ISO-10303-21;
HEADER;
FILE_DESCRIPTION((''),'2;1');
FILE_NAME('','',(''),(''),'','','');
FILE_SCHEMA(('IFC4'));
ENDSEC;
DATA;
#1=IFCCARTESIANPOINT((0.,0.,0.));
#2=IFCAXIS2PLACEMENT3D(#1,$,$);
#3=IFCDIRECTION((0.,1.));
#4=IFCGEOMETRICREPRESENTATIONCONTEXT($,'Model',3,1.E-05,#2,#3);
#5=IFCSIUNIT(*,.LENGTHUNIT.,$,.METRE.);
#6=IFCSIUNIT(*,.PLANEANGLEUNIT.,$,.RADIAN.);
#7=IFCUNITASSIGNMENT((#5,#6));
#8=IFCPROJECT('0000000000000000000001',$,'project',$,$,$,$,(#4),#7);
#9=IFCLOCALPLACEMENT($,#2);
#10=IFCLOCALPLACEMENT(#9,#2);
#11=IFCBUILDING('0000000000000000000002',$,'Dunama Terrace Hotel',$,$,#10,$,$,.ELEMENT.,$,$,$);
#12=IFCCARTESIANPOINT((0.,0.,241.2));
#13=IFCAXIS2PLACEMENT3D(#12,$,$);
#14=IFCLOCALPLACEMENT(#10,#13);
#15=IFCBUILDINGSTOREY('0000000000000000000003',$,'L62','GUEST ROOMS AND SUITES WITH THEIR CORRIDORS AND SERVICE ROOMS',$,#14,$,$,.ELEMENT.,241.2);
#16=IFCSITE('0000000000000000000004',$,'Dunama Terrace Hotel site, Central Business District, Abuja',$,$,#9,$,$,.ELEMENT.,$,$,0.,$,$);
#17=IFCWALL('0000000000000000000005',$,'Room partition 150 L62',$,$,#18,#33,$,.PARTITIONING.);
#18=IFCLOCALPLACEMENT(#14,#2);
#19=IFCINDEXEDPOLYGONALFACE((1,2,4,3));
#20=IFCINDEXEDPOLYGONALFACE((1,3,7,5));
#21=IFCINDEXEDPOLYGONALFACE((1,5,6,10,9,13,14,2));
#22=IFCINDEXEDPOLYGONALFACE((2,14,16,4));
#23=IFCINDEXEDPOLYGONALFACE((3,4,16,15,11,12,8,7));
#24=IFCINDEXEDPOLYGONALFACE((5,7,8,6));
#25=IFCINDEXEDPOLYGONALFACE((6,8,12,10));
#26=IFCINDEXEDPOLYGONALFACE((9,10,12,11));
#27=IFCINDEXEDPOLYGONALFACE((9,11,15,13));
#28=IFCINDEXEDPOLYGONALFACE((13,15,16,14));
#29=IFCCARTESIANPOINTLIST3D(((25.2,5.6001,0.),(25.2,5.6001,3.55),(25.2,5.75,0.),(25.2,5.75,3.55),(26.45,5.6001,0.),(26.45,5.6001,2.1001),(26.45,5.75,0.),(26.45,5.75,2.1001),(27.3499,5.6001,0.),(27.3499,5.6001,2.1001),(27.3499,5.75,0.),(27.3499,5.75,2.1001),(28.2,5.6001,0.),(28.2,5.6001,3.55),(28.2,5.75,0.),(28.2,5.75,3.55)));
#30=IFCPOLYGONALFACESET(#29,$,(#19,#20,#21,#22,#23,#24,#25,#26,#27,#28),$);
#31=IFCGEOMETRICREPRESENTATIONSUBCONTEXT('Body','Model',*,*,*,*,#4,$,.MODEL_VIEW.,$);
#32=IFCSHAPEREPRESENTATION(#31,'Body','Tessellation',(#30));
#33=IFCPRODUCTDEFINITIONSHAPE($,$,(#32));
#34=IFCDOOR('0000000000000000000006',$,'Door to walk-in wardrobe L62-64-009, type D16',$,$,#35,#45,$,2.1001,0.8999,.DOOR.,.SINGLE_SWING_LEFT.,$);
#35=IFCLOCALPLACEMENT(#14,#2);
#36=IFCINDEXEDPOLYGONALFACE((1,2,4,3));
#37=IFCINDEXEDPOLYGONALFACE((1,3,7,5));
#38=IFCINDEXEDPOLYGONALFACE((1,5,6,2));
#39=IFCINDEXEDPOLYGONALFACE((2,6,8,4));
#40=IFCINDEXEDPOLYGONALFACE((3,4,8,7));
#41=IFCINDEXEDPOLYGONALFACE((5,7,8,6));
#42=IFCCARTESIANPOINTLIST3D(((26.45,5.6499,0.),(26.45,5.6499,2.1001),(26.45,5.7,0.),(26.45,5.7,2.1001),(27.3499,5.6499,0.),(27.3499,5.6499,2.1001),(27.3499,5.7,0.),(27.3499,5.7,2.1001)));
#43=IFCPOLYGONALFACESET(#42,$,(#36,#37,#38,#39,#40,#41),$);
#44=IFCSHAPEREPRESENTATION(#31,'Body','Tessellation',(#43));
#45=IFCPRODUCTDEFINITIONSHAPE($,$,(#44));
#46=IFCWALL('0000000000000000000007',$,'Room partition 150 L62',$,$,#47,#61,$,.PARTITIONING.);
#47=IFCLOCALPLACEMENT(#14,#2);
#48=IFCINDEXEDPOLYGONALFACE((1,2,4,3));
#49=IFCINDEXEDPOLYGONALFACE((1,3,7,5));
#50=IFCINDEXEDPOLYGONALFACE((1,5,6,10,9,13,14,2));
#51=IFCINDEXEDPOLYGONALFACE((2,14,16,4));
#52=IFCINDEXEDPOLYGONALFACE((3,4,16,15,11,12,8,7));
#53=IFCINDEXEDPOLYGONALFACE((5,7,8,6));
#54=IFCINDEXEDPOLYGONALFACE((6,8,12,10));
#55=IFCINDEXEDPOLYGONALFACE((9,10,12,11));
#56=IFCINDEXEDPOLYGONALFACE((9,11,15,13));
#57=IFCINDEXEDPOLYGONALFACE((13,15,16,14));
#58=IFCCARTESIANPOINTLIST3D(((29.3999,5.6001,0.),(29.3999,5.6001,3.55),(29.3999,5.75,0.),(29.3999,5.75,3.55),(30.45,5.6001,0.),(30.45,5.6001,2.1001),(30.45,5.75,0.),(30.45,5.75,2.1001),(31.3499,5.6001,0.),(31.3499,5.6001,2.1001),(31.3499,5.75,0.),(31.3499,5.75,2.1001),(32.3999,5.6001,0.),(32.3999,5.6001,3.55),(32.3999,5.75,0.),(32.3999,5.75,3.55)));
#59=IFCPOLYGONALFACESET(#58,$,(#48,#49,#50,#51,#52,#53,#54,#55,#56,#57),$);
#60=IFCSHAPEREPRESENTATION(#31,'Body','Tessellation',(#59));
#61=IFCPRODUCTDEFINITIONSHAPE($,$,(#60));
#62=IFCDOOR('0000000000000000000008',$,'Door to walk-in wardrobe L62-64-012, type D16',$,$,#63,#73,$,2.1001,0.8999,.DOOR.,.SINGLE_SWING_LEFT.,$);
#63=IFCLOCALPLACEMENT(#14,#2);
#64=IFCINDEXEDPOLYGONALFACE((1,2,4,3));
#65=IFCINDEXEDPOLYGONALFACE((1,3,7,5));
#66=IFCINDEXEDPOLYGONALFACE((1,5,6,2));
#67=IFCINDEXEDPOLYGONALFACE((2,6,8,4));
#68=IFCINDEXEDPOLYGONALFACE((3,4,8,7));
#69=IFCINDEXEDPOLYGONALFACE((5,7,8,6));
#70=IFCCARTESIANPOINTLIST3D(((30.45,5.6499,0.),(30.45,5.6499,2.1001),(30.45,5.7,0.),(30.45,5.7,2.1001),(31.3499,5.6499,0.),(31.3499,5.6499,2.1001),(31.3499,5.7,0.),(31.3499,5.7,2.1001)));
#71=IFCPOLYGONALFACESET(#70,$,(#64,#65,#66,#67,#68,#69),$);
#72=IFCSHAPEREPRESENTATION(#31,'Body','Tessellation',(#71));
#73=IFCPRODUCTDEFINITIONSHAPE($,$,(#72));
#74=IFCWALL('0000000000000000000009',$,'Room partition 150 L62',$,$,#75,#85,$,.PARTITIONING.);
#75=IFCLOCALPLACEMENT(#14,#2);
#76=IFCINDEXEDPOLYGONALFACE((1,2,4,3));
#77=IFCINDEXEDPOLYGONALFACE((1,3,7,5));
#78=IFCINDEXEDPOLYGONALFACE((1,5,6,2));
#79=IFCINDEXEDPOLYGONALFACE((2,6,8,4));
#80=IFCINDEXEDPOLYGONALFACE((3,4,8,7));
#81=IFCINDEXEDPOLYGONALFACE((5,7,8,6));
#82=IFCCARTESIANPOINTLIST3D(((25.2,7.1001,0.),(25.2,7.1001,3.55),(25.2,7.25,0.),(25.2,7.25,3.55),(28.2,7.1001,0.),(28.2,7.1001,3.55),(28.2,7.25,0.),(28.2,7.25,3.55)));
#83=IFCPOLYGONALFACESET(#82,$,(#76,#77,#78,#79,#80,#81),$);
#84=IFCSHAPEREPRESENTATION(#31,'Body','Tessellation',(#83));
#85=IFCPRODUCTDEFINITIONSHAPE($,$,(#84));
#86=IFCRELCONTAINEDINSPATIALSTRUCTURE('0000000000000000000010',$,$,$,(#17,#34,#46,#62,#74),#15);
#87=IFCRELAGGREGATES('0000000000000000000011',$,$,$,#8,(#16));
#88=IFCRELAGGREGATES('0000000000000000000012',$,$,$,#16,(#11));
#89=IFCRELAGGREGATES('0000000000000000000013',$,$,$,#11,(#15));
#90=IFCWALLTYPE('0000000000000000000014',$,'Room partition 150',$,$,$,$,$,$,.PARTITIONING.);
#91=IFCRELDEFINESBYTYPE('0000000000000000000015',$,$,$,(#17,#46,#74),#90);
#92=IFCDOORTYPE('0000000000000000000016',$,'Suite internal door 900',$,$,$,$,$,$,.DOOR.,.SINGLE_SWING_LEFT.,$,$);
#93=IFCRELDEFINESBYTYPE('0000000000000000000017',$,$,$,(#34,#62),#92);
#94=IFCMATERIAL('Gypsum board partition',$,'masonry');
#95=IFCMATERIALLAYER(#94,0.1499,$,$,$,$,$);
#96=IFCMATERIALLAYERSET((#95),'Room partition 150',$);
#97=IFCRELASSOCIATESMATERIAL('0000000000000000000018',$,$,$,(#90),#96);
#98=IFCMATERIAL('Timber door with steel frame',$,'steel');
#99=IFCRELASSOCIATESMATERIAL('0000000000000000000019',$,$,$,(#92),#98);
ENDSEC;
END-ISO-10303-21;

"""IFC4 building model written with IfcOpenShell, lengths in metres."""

from ifc_helpers import new_model, si_unit, direction, frame, frame_2d, origin, place, context, subcontext, project, spatial, rectangle, extrude, material, layer, layer_set, type_object, element, fill, save


model = new_model("IFC4")

# Units and contexts
model_context = context("Model", 3, precision=1e-05, world=origin(), true_north=direction((0.0, 1.0)))
body_context = subcontext(model_context, "Body", "Model", "MODEL_VIEW")
ifc_project = project(units=[si_unit("LENGTHUNIT", "METRE"), si_unit("PLANEANGLEUNIT", "RADIAN")], contexts=[model_context])

# Site, building, storey
site_placement = place(None, origin())
site = spatial("IfcSite", under=ifc_project, at=site_placement, Name="Dunama Terrace Hotel site, Central Business District, Abuja", CompositionType="ELEMENT", RefElevation=0.0)
building_placement = place(site_placement, origin())
building = spatial("IfcBuilding", under=site, at=building_placement, Name="Dunama Terrace Hotel", CompositionType="ELEMENT")
storey_placement = place(building_placement, frame((0.0, 0.0, 241.2)))
storey = spatial("IfcBuildingStorey", under=building, at=storey_placement, Name="L62", Description="GUEST ROOMS AND SUITES WITH THEIR CORRIDORS AND SERVICE ROOMS", CompositionType="ELEMENT", Elevation=241.2)

# Shared definitions
ifc_material_1 = material(Name="Gypsum board partition", Category="masonry")
ifc_layer_1 = layer(ifc_material_1, 0.1499)
ifc_layer_set_1 = layer_set([ifc_layer_1], Name="Room partition 150")
wall_type_1 = type_object("IfcWallType", Name="Room partition 150", PredefinedType="PARTITIONING", material=ifc_layer_set_1)
ifc_material_2 = material(Name="Timber door with steel frame", Category="steel")
door_type_1 = type_object("IfcDoorType", Name="Suite internal door 900", OperationType="SINGLE_SWING_LEFT", PredefinedType="DOOR", material=ifc_material_2)

# Walls, openings, doors
wall_1_placement = place(storey_placement, frame((25.2, 5.675, 0.0), z_axis=(0.0, 0.0, 1.0), x_axis=(1.0, 0.0, 0.0)))
wall_1 = element("IfcWall", 1, at=wall_1_placement, inside=storey, type_object=wall_type_1, Name="Room partition 150 L62", PredefinedType="PARTITIONING", context=body_context, shape_type="SweptSolid", body=[
    extrude(rectangle(XDim=3.0, YDim=0.1499, at=frame_2d((1.5, 0.0))), origin(), (0.0, 0.0, 1.0), 3.55),
])
opening_1_placement = place(wall_1_placement, frame((1.25, 0.0, 0.0)))
opening_1 = element("IfcOpeningElement", 2, at=opening_1_placement, cuts=wall_1, PredefinedType="OPENING", context=body_context, shape_type="SweptSolid", body=[
    extrude(rectangle(XDim=0.8999, YDim=2.1001, at=frame_2d((0.45, 1.05))), frame((0.0, 0.085, 0.0), z_axis=(0.0, -1.0, 0.0), x_axis=(1.0, 0.0, 0.0)), (0.0, 0.0, 1.0), 0.1699),
])
door_1_placement = place(opening_1_placement, origin())
door_1 = element("IfcDoor", 3, at=door_1_placement, inside=storey, type_object=door_type_1, Name="Door to walk-in wardrobe L62-64-009, type D16", OperationType="SINGLE_SWING_LEFT", OverallHeight=2.1001, OverallWidth=0.8999, PredefinedType="DOOR", context=body_context, shape_type="SweptSolid", body=[
    extrude(rectangle(XDim=0.8999, YDim=2.1001, at=frame_2d((0.45, 1.05))), frame((0.0, 0.0249, 0.0), z_axis=(0.0, -1.0, 0.0), x_axis=(1.0, 0.0, 0.0)), (0.0, 0.0, 1.0), 0.05),
])
fill(opening_1, door_1)
wall_2_placement = place(storey_placement, frame((29.3999, 5.675, 0.0), z_axis=(0.0, 0.0, 1.0), x_axis=(1.0, 0.0, 0.0)))
wall_2 = element("IfcWall", 4, at=wall_2_placement, inside=storey, type_object=wall_type_1, Name="Room partition 150 L62", PredefinedType="PARTITIONING", context=body_context, shape_type="SweptSolid", body=[
    extrude(rectangle(XDim=3.0, YDim=0.1499, at=frame_2d((1.5, 0.0))), origin(), (0.0, 0.0, 1.0), 3.55),
])
opening_2_placement = place(wall_2_placement, frame((1.05, 0.0, 0.0)))
opening_2 = element("IfcOpeningElement", 5, at=opening_2_placement, cuts=wall_2, PredefinedType="OPENING", context=body_context, shape_type="SweptSolid", body=[
    extrude(rectangle(XDim=0.8999, YDim=2.1001, at=frame_2d((0.45, 1.05))), frame((0.0, 0.085, 0.0), z_axis=(0.0, -1.0, 0.0), x_axis=(1.0, 0.0, 0.0)), (0.0, 0.0, 1.0), 0.1699),
])
door_2_placement = place(opening_2_placement, origin())
door_2 = element("IfcDoor", 6, at=door_2_placement, inside=storey, type_object=door_type_1, Name="Door to walk-in wardrobe L62-64-012, type D16", OperationType="SINGLE_SWING_LEFT", OverallHeight=2.1001, OverallWidth=0.8999, PredefinedType="DOOR", context=body_context, shape_type="SweptSolid", body=[
    extrude(rectangle(XDim=0.8999, YDim=2.1001, at=frame_2d((0.45, 1.05))), frame((0.0, 0.0249, 0.0), z_axis=(0.0, -1.0, 0.0), x_axis=(1.0, 0.0, 0.0)), (0.0, 0.0, 1.0), 0.05),
])
fill(opening_2, door_2)

# Wall
wall_3_placement = place(storey_placement, frame((25.2, 7.175, 0.0), z_axis=(0.0, 0.0, 1.0), x_axis=(1.0, 0.0, 0.0)))
element("IfcWall", 7, at=wall_3_placement, inside=storey, type_object=wall_type_1, Name="Room partition 150 L62", PredefinedType="PARTITIONING", context=body_context, shape_type="SweptSolid", body=[
    extrude(rectangle(XDim=3.0, YDim=0.1499, at=frame_2d((1.5, 0.0))), origin(), (0.0, 0.0, 1.0), 3.55),
])

save(model, "model.ifc")
